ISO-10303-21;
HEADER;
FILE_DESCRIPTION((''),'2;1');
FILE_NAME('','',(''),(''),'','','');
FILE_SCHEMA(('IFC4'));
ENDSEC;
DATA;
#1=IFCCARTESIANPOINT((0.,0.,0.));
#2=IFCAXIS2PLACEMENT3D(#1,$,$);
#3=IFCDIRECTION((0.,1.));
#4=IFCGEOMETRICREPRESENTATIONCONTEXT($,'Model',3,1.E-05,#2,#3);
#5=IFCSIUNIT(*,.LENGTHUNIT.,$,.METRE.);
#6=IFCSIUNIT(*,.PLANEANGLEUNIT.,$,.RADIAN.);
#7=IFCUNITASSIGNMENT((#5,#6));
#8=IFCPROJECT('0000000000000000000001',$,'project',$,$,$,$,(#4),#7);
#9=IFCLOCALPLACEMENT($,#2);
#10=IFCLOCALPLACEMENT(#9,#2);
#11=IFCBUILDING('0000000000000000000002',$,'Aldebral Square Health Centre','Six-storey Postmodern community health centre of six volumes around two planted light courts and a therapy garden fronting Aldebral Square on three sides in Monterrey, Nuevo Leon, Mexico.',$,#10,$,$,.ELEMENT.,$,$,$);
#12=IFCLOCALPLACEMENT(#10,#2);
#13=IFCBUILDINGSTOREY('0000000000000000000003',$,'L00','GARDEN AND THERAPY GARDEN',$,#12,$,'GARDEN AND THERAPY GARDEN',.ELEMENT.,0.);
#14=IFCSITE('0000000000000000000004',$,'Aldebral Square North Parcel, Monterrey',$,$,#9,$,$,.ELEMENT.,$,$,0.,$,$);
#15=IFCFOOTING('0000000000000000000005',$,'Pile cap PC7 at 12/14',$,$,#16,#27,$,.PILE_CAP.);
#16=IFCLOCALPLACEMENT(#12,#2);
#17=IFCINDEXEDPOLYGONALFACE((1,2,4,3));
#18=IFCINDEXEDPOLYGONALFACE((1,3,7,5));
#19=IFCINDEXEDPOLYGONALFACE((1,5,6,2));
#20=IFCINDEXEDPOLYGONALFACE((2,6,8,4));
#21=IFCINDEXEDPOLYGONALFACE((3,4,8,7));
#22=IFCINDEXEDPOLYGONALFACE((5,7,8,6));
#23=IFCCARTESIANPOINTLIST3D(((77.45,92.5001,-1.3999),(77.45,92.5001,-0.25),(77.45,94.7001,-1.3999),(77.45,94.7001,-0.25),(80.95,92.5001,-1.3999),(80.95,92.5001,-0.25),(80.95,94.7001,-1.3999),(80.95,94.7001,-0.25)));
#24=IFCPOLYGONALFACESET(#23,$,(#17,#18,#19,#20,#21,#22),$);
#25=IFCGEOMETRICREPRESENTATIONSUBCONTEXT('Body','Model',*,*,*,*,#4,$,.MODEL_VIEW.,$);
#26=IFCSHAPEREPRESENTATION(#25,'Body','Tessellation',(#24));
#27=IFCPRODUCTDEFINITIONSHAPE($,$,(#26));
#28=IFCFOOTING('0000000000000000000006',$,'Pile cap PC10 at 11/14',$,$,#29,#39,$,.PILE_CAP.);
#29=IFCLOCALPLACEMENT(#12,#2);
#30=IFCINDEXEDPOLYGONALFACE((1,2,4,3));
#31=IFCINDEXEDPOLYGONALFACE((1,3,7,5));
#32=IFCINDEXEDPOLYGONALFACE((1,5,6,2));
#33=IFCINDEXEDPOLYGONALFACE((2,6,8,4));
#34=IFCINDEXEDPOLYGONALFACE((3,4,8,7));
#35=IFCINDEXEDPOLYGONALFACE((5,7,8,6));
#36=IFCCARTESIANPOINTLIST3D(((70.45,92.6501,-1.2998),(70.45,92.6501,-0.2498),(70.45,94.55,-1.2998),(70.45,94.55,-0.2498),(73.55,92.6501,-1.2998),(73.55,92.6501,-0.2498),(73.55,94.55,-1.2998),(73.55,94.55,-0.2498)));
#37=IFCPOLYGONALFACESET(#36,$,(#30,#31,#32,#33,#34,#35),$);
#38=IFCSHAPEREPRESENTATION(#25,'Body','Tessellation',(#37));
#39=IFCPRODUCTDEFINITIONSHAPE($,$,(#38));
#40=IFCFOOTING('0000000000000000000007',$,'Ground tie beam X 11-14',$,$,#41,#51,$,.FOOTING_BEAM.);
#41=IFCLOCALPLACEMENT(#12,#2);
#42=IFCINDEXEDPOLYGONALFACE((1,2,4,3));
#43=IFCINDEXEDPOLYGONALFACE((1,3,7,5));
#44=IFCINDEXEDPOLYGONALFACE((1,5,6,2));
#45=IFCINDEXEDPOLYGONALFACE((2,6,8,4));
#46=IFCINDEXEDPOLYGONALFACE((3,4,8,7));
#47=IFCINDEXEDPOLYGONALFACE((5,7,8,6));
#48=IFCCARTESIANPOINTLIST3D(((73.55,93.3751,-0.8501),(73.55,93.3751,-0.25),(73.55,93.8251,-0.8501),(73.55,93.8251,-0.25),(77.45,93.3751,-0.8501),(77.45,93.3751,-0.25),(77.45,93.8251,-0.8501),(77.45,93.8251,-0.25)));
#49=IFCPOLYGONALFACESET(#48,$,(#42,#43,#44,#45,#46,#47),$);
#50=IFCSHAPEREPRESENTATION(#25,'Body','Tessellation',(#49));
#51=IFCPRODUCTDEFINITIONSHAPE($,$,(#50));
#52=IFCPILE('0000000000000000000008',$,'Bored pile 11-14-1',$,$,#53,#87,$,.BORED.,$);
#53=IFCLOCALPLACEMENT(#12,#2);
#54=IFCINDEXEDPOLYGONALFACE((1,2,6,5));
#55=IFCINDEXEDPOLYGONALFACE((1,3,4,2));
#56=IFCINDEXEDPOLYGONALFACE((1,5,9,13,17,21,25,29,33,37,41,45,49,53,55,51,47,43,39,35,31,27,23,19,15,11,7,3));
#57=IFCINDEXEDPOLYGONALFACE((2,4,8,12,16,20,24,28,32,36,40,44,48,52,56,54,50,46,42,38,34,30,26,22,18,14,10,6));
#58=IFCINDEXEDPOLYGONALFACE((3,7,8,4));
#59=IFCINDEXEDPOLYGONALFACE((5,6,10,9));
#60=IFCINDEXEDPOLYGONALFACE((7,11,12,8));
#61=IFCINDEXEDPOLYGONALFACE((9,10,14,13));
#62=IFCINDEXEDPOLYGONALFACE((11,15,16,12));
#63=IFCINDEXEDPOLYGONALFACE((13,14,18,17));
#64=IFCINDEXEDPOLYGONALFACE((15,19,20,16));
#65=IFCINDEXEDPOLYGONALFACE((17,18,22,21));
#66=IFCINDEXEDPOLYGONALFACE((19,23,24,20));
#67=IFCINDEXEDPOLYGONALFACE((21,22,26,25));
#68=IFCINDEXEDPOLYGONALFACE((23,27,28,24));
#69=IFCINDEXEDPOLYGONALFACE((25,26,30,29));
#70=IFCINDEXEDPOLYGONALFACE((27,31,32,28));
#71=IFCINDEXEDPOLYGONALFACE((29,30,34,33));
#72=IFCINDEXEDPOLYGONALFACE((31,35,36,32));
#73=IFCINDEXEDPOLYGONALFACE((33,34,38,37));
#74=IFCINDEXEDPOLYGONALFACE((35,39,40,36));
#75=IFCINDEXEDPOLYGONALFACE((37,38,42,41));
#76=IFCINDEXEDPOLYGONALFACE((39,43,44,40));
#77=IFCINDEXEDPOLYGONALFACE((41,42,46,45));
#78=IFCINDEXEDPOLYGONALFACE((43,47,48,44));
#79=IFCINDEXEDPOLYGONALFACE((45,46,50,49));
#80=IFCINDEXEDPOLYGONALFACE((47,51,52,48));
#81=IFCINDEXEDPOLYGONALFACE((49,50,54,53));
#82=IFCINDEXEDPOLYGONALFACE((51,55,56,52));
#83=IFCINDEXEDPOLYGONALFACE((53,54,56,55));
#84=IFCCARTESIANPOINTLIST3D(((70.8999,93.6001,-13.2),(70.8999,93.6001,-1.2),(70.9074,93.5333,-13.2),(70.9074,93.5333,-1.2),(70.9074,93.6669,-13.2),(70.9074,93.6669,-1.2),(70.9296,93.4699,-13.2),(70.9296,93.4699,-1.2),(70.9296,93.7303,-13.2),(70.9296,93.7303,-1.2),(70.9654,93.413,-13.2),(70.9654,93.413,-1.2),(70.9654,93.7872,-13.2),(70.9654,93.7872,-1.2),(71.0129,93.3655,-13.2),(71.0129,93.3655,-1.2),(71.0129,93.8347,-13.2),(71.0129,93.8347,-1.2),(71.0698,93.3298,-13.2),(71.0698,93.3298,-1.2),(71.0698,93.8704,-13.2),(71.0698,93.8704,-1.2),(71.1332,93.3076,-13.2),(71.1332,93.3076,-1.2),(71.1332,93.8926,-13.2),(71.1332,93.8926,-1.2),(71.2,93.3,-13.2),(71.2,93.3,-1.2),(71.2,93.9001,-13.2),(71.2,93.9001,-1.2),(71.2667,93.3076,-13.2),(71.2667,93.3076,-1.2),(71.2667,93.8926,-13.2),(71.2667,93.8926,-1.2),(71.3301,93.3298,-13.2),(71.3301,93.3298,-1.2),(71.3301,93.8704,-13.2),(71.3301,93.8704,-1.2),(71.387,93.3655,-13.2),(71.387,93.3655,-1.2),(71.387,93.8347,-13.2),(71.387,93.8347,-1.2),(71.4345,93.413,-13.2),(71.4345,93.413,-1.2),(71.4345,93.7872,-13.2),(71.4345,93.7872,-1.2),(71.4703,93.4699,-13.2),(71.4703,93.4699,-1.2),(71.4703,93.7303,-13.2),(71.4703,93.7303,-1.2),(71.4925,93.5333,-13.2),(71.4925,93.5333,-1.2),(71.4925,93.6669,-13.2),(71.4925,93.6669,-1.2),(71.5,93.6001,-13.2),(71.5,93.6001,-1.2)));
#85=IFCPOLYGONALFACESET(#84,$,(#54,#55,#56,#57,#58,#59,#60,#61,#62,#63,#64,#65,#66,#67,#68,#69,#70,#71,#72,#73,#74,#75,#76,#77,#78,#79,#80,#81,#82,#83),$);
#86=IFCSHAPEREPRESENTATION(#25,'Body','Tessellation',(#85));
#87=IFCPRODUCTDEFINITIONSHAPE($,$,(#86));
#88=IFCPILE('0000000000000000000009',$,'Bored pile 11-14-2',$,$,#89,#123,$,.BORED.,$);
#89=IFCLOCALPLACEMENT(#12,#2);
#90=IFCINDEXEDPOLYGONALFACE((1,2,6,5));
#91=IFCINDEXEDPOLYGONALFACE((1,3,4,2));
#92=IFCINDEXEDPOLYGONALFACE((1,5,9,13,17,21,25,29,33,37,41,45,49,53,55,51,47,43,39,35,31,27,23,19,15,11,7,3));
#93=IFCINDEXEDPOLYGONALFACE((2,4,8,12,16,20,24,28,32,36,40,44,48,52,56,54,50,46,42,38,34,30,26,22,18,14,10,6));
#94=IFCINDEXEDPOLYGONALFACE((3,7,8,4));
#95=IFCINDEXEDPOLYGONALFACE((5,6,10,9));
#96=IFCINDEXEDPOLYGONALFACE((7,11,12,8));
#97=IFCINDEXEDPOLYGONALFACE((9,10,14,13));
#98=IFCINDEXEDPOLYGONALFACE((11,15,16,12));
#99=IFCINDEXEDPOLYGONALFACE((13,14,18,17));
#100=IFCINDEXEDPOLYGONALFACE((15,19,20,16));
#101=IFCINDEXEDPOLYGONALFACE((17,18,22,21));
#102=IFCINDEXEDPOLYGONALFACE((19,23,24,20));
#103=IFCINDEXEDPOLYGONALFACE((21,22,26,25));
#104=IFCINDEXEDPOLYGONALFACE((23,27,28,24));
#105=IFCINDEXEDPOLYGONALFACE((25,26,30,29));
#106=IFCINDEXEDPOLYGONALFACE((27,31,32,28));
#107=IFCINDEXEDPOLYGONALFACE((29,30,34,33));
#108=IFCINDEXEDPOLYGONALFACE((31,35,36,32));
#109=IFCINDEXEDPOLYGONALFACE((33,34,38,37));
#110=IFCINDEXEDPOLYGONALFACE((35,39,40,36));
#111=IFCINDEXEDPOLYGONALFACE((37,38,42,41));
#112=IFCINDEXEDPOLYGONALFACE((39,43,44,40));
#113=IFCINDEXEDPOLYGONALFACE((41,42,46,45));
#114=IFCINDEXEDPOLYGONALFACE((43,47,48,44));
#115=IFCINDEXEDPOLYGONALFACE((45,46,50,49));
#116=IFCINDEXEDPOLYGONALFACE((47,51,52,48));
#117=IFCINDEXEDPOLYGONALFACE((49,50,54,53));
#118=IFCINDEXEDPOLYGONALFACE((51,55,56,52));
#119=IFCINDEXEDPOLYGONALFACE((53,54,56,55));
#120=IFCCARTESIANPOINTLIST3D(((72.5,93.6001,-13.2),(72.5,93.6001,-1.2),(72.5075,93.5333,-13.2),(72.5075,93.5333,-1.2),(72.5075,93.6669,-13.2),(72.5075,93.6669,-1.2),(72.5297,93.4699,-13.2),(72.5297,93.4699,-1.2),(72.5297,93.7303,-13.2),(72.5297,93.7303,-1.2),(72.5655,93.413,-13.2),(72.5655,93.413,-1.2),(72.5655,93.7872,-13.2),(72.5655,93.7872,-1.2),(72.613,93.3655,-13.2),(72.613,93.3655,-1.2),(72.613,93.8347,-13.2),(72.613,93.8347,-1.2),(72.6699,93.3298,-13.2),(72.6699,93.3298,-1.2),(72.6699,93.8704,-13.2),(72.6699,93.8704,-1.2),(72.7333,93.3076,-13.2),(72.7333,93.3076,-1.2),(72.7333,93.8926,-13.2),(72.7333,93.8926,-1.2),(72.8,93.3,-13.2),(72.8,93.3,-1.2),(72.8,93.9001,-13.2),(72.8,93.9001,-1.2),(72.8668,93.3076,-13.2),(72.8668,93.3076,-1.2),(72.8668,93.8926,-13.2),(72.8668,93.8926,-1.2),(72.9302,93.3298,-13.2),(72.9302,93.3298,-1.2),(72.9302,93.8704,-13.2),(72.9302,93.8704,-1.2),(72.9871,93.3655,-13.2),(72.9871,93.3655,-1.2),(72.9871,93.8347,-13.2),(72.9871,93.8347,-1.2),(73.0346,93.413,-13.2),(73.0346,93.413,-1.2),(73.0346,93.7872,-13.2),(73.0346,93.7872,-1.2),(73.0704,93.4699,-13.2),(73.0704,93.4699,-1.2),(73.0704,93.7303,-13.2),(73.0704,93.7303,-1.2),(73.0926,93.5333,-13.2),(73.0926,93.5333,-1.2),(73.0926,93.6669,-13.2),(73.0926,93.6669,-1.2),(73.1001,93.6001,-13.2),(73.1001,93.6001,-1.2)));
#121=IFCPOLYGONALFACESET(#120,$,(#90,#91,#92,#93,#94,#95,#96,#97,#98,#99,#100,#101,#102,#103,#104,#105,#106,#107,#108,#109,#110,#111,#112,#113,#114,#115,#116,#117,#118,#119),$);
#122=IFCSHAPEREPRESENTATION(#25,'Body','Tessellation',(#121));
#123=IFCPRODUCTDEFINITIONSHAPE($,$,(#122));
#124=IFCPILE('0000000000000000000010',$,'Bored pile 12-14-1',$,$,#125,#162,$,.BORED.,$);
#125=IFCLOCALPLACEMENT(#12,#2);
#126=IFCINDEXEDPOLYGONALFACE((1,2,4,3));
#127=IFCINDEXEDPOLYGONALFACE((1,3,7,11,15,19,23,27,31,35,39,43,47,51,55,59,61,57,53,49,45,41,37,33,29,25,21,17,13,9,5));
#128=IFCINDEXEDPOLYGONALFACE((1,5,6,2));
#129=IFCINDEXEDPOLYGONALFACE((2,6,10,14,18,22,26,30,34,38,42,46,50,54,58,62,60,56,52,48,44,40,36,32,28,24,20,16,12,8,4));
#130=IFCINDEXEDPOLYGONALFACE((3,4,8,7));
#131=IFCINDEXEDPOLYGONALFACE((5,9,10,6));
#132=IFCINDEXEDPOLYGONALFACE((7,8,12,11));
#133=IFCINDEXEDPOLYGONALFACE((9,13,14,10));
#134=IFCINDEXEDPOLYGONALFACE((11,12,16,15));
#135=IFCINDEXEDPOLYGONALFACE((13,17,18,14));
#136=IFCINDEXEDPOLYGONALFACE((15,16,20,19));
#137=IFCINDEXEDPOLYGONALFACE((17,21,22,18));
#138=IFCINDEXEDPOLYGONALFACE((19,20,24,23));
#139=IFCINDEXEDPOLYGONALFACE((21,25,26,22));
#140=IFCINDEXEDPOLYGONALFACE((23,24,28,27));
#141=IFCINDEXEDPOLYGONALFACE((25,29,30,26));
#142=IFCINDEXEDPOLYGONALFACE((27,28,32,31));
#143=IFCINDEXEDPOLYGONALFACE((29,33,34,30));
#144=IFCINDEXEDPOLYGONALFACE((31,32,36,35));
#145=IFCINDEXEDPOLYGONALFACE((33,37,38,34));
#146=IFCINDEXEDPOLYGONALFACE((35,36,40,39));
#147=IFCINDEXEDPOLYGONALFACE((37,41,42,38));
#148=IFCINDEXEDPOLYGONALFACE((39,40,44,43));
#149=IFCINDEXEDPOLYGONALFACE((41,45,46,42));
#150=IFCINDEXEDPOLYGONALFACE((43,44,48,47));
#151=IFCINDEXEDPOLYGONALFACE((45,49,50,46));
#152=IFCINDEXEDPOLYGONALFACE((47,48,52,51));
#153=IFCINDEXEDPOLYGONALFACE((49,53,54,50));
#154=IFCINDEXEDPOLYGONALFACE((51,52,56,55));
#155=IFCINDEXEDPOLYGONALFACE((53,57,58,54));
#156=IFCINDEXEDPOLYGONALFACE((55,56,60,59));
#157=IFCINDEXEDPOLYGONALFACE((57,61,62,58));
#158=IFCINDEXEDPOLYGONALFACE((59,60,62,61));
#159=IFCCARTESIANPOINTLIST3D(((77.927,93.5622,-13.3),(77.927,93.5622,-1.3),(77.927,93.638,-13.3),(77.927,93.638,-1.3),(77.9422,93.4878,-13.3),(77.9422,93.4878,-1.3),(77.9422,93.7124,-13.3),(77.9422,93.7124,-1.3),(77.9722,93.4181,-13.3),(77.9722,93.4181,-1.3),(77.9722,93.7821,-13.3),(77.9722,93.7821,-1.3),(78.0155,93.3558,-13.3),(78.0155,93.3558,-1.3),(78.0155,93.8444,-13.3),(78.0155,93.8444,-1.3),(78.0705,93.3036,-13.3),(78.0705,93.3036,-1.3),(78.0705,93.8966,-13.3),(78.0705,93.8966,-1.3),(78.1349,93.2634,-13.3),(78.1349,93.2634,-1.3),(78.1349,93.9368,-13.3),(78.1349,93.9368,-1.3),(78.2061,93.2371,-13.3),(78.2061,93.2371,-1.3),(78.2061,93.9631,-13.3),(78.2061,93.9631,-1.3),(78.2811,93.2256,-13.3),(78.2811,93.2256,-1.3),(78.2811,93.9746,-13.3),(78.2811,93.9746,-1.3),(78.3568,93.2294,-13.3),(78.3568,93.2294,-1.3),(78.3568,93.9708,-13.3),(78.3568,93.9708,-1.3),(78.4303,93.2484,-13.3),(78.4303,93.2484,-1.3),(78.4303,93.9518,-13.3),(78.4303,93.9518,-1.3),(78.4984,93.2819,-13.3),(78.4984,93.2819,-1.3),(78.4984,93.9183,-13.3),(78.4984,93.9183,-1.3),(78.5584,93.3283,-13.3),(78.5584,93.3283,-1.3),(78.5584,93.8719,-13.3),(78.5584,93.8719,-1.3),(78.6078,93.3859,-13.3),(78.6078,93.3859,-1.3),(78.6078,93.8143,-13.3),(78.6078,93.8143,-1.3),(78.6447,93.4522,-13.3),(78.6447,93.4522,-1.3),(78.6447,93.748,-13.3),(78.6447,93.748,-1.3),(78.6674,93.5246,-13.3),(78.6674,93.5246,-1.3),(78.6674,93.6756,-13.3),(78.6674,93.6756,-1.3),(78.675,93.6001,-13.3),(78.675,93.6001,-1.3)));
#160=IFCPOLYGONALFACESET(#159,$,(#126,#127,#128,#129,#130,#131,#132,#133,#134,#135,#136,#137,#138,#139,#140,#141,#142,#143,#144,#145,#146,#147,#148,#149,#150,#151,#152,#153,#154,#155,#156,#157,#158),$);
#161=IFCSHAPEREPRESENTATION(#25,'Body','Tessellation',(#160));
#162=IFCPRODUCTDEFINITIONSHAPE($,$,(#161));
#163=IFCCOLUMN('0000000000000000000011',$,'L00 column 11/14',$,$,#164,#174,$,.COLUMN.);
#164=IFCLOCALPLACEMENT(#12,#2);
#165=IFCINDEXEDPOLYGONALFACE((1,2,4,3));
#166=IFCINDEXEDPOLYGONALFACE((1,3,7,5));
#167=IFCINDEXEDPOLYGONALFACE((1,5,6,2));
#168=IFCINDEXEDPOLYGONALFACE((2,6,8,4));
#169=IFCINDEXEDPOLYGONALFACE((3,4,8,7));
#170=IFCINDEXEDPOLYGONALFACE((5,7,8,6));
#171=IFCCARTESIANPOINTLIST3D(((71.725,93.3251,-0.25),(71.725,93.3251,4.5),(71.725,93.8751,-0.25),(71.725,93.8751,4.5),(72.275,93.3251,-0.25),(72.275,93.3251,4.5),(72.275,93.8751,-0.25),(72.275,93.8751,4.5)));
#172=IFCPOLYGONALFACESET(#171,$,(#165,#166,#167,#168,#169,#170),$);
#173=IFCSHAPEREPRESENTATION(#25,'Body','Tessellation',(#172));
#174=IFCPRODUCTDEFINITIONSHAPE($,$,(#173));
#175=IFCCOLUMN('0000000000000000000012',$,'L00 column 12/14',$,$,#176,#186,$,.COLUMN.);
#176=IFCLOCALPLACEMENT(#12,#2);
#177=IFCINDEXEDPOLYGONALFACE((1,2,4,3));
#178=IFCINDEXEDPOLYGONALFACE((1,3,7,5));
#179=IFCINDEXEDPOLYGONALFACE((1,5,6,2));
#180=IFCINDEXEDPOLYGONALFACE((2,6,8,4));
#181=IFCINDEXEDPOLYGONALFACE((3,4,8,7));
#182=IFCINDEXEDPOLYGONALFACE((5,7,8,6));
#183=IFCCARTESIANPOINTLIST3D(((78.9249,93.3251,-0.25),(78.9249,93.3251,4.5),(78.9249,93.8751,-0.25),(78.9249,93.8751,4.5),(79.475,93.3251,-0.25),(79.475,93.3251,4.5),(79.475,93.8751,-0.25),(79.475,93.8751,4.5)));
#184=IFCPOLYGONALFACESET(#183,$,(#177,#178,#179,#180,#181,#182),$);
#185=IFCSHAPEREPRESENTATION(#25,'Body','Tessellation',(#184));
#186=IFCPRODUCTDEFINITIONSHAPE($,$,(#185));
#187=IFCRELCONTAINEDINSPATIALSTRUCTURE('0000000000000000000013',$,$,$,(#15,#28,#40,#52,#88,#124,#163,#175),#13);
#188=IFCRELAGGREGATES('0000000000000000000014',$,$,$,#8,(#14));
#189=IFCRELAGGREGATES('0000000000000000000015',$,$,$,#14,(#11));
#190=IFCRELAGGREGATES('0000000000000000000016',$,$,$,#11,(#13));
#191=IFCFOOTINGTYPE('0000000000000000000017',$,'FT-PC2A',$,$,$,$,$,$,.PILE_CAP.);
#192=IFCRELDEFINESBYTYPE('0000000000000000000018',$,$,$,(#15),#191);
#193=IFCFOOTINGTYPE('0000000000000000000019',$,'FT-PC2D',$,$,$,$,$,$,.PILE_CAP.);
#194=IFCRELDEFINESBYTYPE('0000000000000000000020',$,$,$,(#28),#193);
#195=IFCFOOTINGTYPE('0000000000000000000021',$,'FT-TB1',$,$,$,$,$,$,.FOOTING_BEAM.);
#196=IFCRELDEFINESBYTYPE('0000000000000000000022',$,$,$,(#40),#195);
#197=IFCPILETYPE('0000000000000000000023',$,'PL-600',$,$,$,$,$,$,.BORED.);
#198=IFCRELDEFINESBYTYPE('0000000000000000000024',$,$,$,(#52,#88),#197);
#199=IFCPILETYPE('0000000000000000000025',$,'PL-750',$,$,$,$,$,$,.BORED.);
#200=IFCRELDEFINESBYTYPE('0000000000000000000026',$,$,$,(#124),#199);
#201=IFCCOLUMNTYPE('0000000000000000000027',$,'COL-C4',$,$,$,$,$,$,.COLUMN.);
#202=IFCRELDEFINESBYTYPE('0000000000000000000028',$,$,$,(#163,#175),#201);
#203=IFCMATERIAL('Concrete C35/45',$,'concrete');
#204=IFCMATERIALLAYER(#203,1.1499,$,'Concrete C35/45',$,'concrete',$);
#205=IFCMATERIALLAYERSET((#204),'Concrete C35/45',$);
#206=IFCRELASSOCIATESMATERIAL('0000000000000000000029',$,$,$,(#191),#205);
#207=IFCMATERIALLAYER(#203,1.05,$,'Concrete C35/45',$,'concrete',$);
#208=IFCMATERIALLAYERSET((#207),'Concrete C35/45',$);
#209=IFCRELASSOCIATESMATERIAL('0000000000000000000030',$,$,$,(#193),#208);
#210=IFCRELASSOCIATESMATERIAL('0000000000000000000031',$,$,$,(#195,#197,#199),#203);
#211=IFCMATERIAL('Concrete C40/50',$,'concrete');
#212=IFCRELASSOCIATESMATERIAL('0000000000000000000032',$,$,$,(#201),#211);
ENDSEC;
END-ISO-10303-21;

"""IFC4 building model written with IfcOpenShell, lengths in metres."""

from ifc_helpers import new_model, si_unit, direction, frame, origin, origin_2d, place, context, subcontext, project, spatial, rectangle, circle, extrude, material, layer, layer_set, material_profile, profile_set, type_object, element, save


model = new_model("IFC4")

# Units and contexts
model_context = context("Model", 3, precision=1e-05, world=origin(), true_north=direction((0.0, 1.0)))
body_context = subcontext(model_context, "Body", "Model", "MODEL_VIEW")
ifc_project = project(units=[si_unit("LENGTHUNIT", "METRE"), si_unit("PLANEANGLEUNIT", "RADIAN")], contexts=[model_context])

# Site, building, storey
site_placement = place(None, origin())
site = spatial("IfcSite", under=ifc_project, at=site_placement, Name="Aldebral Square North Parcel, Monterrey", CompositionType="ELEMENT", RefElevation=0.0)
building_placement = place(site_placement, origin())
building = spatial("IfcBuilding", under=site, at=building_placement, Name="Aldebral Square Health Centre", Description="Six-storey Postmodern community health centre of six volumes around two planted light courts and a therapy garden fronting Aldebral Square on three sides in Monterrey, Nuevo Leon, Mexico.", CompositionType="ELEMENT")
storey_placement = place(building_placement, origin())
storey = spatial("IfcBuildingStorey", under=building, at=storey_placement, Name="L00", Description="GARDEN AND THERAPY GARDEN", LongName="GARDEN AND THERAPY GARDEN", CompositionType="ELEMENT", Elevation=0.0)

# Footings
ifc_material_1 = material(Name="Concrete C35/45", Category="concrete")
ifc_layer_1 = layer(ifc_material_1, 1.1499, Name="Concrete C35/45", Category="concrete")
ifc_layer_set_1 = layer_set([ifc_layer_1], Name="Concrete C35/45")
footing_type_1 = type_object("IfcFootingType", Name="FT-PC2A", PredefinedType="PILE_CAP", material=ifc_layer_set_1)
footing_1_placement = place(storey_placement, frame((79.2, 93.6001, -1.3999), z_axis=(0.0, 0.0, 1.0), x_axis=(1.0, 0.0, 0.0)))
element("IfcFooting", 1, at=footing_1_placement, inside=storey, type_object=footing_type_1, Name="Pile cap PC7 at 12/14", PredefinedType="PILE_CAP", context=body_context, shape_type="SweptSolid", body=[
    extrude(rectangle(XDim=3.5, YDim=2.2, at=origin_2d()), origin(), (0.0, 0.0, 1.0), 1.1499),
])
ifc_layer_2 = layer(ifc_material_1, 1.05, Name="Concrete C35/45", Category="concrete")
ifc_layer_set_2 = layer_set([ifc_layer_2], Name="Concrete C35/45")
footing_type_2 = type_object("IfcFootingType", Name="FT-PC2D", PredefinedType="PILE_CAP", material=ifc_layer_set_2)
footing_2_placement = place(storey_placement, frame((72.0, 93.6001, -1.2998), z_axis=(0.0, 0.0, 1.0), x_axis=(1.0, 0.0, 0.0)))
element("IfcFooting", 2, at=footing_2_placement, inside=storey, type_object=footing_type_2, Name="Pile cap PC10 at 11/14", PredefinedType="PILE_CAP", context=body_context, shape_type="SweptSolid", body=[
    extrude(rectangle(XDim=3.1001, YDim=1.8999, at=origin_2d()), origin(), (0.0, 0.0, 1.0), 1.05),
])
ifc_material_profile_1 = material_profile(ifc_material_1, rectangle(XDim=0.45, YDim=0.6001, at=origin_2d()), Name="RC 450x600")
ifc_profile_set_1 = profile_set([ifc_material_profile_1], Name="Concrete C35/45")
footing_type_3 = type_object("IfcFootingType", Name="FT-TB1", PredefinedType="FOOTING_BEAM", material=ifc_profile_set_1)
footing_3_placement = place(storey_placement, frame((73.55, 93.6001, -0.55), z_axis=(1.0, 0.0, 0.0), x_axis=(0.0, 1.0, 0.0)))
element("IfcFooting", 3, at=footing_3_placement, inside=storey, type_object=footing_type_3, Name="Ground tie beam X 11-14", PredefinedType="FOOTING_BEAM", context=body_context, shape_type="SweptSolid", body=[
    extrude(rectangle(XDim=0.45, YDim=0.6001, at=origin_2d()), origin(), (0.0, 0.0, 1.0), 3.8999),
])

# Piles
ifc_material_profile_2 = material_profile(ifc_material_1, circle(Radius=0.3, at=origin_2d()), Name="PILE D600")
ifc_profile_set_2 = profile_set([ifc_material_profile_2], Name="Concrete C35/45")
pile_type_1 = type_object("IfcPileType", Name="PL-600", PredefinedType="BORED", material=ifc_profile_set_2)
for number, where, z_axis, x_axis, name in (
    (4, (71.2, 93.6001, -1.2), (0.0, 0.0, -1.0), (1.0, 0.0, 0.0), "Bored pile 11-14-1"),
    (5, (72.8, 93.6001, -1.2), (0.0, 0.0, -1.0), (1.0, 0.0, 0.0), "Bored pile 11-14-2"),
):
    element("IfcPile", number, at=place(storey_placement, frame(where, z_axis=z_axis, x_axis=x_axis)), inside=storey, type_object=pile_type_1, Name=name, PredefinedType="BORED", context=body_context, shape_type="SweptSolid", body=[
        extrude(circle(Radius=0.3, at=origin_2d()), origin(), (0.0, 0.0, 1.0), 12.0),
    ])
ifc_material_profile_3 = material_profile(ifc_material_1, circle(Radius=0.375, at=origin_2d()), Name="PILE D750")
ifc_profile_set_3 = profile_set([ifc_material_profile_3], Name="Concrete C35/45")
pile_type_2 = type_object("IfcPileType", Name="PL-750", PredefinedType="BORED", material=ifc_profile_set_3)
pile_placement = place(storey_placement, frame((78.3, 93.6001, -1.3), z_axis=(0.0, 0.0, -1.0), x_axis=(1.0, 0.0, 0.0)))
element("IfcPile", 6, at=pile_placement, inside=storey, type_object=pile_type_2, Name="Bored pile 12-14-1", PredefinedType="BORED", context=body_context, shape_type="SweptSolid", body=[
    extrude(circle(Radius=0.375, at=origin_2d()), origin(), (0.0, 0.0, 1.0), 12.0),
])

# Columns
ifc_material_2 = material(Name="Concrete C40/50", Category="concrete")
ifc_material_profile_4 = material_profile(ifc_material_2, rectangle(XDim=0.55, YDim=0.55, at=origin_2d()), Name="RC 550x550")
ifc_profile_set_4 = profile_set([ifc_material_profile_4], Name="Concrete C40/50")
column_type = type_object("IfcColumnType", Name="COL-C4", PredefinedType="COLUMN", material=ifc_profile_set_4)
for number, where, z_axis, x_axis, name in (
    (7, (72.0, 93.6001, -0.25), (0.0, 0.0, 1.0), (1.0, 0.0, 0.0), "L00 column 11/14"),
    (8, (79.2, 93.6001, -0.25), (0.0, 0.0, 1.0), (1.0, 0.0, 0.0), "L00 column 12/14"),
):
    element("IfcColumn", number, at=place(storey_placement, frame(where, z_axis=z_axis, x_axis=x_axis)), inside=storey, type_object=column_type, Name=name, PredefinedType="COLUMN", context=body_context, shape_type="SweptSolid", body=[
        extrude(rectangle(XDim=0.55, YDim=0.55, at=origin_2d()), origin(), (0.0, 0.0, 1.0), 4.75),
    ])

save(model, "model.ifc")
